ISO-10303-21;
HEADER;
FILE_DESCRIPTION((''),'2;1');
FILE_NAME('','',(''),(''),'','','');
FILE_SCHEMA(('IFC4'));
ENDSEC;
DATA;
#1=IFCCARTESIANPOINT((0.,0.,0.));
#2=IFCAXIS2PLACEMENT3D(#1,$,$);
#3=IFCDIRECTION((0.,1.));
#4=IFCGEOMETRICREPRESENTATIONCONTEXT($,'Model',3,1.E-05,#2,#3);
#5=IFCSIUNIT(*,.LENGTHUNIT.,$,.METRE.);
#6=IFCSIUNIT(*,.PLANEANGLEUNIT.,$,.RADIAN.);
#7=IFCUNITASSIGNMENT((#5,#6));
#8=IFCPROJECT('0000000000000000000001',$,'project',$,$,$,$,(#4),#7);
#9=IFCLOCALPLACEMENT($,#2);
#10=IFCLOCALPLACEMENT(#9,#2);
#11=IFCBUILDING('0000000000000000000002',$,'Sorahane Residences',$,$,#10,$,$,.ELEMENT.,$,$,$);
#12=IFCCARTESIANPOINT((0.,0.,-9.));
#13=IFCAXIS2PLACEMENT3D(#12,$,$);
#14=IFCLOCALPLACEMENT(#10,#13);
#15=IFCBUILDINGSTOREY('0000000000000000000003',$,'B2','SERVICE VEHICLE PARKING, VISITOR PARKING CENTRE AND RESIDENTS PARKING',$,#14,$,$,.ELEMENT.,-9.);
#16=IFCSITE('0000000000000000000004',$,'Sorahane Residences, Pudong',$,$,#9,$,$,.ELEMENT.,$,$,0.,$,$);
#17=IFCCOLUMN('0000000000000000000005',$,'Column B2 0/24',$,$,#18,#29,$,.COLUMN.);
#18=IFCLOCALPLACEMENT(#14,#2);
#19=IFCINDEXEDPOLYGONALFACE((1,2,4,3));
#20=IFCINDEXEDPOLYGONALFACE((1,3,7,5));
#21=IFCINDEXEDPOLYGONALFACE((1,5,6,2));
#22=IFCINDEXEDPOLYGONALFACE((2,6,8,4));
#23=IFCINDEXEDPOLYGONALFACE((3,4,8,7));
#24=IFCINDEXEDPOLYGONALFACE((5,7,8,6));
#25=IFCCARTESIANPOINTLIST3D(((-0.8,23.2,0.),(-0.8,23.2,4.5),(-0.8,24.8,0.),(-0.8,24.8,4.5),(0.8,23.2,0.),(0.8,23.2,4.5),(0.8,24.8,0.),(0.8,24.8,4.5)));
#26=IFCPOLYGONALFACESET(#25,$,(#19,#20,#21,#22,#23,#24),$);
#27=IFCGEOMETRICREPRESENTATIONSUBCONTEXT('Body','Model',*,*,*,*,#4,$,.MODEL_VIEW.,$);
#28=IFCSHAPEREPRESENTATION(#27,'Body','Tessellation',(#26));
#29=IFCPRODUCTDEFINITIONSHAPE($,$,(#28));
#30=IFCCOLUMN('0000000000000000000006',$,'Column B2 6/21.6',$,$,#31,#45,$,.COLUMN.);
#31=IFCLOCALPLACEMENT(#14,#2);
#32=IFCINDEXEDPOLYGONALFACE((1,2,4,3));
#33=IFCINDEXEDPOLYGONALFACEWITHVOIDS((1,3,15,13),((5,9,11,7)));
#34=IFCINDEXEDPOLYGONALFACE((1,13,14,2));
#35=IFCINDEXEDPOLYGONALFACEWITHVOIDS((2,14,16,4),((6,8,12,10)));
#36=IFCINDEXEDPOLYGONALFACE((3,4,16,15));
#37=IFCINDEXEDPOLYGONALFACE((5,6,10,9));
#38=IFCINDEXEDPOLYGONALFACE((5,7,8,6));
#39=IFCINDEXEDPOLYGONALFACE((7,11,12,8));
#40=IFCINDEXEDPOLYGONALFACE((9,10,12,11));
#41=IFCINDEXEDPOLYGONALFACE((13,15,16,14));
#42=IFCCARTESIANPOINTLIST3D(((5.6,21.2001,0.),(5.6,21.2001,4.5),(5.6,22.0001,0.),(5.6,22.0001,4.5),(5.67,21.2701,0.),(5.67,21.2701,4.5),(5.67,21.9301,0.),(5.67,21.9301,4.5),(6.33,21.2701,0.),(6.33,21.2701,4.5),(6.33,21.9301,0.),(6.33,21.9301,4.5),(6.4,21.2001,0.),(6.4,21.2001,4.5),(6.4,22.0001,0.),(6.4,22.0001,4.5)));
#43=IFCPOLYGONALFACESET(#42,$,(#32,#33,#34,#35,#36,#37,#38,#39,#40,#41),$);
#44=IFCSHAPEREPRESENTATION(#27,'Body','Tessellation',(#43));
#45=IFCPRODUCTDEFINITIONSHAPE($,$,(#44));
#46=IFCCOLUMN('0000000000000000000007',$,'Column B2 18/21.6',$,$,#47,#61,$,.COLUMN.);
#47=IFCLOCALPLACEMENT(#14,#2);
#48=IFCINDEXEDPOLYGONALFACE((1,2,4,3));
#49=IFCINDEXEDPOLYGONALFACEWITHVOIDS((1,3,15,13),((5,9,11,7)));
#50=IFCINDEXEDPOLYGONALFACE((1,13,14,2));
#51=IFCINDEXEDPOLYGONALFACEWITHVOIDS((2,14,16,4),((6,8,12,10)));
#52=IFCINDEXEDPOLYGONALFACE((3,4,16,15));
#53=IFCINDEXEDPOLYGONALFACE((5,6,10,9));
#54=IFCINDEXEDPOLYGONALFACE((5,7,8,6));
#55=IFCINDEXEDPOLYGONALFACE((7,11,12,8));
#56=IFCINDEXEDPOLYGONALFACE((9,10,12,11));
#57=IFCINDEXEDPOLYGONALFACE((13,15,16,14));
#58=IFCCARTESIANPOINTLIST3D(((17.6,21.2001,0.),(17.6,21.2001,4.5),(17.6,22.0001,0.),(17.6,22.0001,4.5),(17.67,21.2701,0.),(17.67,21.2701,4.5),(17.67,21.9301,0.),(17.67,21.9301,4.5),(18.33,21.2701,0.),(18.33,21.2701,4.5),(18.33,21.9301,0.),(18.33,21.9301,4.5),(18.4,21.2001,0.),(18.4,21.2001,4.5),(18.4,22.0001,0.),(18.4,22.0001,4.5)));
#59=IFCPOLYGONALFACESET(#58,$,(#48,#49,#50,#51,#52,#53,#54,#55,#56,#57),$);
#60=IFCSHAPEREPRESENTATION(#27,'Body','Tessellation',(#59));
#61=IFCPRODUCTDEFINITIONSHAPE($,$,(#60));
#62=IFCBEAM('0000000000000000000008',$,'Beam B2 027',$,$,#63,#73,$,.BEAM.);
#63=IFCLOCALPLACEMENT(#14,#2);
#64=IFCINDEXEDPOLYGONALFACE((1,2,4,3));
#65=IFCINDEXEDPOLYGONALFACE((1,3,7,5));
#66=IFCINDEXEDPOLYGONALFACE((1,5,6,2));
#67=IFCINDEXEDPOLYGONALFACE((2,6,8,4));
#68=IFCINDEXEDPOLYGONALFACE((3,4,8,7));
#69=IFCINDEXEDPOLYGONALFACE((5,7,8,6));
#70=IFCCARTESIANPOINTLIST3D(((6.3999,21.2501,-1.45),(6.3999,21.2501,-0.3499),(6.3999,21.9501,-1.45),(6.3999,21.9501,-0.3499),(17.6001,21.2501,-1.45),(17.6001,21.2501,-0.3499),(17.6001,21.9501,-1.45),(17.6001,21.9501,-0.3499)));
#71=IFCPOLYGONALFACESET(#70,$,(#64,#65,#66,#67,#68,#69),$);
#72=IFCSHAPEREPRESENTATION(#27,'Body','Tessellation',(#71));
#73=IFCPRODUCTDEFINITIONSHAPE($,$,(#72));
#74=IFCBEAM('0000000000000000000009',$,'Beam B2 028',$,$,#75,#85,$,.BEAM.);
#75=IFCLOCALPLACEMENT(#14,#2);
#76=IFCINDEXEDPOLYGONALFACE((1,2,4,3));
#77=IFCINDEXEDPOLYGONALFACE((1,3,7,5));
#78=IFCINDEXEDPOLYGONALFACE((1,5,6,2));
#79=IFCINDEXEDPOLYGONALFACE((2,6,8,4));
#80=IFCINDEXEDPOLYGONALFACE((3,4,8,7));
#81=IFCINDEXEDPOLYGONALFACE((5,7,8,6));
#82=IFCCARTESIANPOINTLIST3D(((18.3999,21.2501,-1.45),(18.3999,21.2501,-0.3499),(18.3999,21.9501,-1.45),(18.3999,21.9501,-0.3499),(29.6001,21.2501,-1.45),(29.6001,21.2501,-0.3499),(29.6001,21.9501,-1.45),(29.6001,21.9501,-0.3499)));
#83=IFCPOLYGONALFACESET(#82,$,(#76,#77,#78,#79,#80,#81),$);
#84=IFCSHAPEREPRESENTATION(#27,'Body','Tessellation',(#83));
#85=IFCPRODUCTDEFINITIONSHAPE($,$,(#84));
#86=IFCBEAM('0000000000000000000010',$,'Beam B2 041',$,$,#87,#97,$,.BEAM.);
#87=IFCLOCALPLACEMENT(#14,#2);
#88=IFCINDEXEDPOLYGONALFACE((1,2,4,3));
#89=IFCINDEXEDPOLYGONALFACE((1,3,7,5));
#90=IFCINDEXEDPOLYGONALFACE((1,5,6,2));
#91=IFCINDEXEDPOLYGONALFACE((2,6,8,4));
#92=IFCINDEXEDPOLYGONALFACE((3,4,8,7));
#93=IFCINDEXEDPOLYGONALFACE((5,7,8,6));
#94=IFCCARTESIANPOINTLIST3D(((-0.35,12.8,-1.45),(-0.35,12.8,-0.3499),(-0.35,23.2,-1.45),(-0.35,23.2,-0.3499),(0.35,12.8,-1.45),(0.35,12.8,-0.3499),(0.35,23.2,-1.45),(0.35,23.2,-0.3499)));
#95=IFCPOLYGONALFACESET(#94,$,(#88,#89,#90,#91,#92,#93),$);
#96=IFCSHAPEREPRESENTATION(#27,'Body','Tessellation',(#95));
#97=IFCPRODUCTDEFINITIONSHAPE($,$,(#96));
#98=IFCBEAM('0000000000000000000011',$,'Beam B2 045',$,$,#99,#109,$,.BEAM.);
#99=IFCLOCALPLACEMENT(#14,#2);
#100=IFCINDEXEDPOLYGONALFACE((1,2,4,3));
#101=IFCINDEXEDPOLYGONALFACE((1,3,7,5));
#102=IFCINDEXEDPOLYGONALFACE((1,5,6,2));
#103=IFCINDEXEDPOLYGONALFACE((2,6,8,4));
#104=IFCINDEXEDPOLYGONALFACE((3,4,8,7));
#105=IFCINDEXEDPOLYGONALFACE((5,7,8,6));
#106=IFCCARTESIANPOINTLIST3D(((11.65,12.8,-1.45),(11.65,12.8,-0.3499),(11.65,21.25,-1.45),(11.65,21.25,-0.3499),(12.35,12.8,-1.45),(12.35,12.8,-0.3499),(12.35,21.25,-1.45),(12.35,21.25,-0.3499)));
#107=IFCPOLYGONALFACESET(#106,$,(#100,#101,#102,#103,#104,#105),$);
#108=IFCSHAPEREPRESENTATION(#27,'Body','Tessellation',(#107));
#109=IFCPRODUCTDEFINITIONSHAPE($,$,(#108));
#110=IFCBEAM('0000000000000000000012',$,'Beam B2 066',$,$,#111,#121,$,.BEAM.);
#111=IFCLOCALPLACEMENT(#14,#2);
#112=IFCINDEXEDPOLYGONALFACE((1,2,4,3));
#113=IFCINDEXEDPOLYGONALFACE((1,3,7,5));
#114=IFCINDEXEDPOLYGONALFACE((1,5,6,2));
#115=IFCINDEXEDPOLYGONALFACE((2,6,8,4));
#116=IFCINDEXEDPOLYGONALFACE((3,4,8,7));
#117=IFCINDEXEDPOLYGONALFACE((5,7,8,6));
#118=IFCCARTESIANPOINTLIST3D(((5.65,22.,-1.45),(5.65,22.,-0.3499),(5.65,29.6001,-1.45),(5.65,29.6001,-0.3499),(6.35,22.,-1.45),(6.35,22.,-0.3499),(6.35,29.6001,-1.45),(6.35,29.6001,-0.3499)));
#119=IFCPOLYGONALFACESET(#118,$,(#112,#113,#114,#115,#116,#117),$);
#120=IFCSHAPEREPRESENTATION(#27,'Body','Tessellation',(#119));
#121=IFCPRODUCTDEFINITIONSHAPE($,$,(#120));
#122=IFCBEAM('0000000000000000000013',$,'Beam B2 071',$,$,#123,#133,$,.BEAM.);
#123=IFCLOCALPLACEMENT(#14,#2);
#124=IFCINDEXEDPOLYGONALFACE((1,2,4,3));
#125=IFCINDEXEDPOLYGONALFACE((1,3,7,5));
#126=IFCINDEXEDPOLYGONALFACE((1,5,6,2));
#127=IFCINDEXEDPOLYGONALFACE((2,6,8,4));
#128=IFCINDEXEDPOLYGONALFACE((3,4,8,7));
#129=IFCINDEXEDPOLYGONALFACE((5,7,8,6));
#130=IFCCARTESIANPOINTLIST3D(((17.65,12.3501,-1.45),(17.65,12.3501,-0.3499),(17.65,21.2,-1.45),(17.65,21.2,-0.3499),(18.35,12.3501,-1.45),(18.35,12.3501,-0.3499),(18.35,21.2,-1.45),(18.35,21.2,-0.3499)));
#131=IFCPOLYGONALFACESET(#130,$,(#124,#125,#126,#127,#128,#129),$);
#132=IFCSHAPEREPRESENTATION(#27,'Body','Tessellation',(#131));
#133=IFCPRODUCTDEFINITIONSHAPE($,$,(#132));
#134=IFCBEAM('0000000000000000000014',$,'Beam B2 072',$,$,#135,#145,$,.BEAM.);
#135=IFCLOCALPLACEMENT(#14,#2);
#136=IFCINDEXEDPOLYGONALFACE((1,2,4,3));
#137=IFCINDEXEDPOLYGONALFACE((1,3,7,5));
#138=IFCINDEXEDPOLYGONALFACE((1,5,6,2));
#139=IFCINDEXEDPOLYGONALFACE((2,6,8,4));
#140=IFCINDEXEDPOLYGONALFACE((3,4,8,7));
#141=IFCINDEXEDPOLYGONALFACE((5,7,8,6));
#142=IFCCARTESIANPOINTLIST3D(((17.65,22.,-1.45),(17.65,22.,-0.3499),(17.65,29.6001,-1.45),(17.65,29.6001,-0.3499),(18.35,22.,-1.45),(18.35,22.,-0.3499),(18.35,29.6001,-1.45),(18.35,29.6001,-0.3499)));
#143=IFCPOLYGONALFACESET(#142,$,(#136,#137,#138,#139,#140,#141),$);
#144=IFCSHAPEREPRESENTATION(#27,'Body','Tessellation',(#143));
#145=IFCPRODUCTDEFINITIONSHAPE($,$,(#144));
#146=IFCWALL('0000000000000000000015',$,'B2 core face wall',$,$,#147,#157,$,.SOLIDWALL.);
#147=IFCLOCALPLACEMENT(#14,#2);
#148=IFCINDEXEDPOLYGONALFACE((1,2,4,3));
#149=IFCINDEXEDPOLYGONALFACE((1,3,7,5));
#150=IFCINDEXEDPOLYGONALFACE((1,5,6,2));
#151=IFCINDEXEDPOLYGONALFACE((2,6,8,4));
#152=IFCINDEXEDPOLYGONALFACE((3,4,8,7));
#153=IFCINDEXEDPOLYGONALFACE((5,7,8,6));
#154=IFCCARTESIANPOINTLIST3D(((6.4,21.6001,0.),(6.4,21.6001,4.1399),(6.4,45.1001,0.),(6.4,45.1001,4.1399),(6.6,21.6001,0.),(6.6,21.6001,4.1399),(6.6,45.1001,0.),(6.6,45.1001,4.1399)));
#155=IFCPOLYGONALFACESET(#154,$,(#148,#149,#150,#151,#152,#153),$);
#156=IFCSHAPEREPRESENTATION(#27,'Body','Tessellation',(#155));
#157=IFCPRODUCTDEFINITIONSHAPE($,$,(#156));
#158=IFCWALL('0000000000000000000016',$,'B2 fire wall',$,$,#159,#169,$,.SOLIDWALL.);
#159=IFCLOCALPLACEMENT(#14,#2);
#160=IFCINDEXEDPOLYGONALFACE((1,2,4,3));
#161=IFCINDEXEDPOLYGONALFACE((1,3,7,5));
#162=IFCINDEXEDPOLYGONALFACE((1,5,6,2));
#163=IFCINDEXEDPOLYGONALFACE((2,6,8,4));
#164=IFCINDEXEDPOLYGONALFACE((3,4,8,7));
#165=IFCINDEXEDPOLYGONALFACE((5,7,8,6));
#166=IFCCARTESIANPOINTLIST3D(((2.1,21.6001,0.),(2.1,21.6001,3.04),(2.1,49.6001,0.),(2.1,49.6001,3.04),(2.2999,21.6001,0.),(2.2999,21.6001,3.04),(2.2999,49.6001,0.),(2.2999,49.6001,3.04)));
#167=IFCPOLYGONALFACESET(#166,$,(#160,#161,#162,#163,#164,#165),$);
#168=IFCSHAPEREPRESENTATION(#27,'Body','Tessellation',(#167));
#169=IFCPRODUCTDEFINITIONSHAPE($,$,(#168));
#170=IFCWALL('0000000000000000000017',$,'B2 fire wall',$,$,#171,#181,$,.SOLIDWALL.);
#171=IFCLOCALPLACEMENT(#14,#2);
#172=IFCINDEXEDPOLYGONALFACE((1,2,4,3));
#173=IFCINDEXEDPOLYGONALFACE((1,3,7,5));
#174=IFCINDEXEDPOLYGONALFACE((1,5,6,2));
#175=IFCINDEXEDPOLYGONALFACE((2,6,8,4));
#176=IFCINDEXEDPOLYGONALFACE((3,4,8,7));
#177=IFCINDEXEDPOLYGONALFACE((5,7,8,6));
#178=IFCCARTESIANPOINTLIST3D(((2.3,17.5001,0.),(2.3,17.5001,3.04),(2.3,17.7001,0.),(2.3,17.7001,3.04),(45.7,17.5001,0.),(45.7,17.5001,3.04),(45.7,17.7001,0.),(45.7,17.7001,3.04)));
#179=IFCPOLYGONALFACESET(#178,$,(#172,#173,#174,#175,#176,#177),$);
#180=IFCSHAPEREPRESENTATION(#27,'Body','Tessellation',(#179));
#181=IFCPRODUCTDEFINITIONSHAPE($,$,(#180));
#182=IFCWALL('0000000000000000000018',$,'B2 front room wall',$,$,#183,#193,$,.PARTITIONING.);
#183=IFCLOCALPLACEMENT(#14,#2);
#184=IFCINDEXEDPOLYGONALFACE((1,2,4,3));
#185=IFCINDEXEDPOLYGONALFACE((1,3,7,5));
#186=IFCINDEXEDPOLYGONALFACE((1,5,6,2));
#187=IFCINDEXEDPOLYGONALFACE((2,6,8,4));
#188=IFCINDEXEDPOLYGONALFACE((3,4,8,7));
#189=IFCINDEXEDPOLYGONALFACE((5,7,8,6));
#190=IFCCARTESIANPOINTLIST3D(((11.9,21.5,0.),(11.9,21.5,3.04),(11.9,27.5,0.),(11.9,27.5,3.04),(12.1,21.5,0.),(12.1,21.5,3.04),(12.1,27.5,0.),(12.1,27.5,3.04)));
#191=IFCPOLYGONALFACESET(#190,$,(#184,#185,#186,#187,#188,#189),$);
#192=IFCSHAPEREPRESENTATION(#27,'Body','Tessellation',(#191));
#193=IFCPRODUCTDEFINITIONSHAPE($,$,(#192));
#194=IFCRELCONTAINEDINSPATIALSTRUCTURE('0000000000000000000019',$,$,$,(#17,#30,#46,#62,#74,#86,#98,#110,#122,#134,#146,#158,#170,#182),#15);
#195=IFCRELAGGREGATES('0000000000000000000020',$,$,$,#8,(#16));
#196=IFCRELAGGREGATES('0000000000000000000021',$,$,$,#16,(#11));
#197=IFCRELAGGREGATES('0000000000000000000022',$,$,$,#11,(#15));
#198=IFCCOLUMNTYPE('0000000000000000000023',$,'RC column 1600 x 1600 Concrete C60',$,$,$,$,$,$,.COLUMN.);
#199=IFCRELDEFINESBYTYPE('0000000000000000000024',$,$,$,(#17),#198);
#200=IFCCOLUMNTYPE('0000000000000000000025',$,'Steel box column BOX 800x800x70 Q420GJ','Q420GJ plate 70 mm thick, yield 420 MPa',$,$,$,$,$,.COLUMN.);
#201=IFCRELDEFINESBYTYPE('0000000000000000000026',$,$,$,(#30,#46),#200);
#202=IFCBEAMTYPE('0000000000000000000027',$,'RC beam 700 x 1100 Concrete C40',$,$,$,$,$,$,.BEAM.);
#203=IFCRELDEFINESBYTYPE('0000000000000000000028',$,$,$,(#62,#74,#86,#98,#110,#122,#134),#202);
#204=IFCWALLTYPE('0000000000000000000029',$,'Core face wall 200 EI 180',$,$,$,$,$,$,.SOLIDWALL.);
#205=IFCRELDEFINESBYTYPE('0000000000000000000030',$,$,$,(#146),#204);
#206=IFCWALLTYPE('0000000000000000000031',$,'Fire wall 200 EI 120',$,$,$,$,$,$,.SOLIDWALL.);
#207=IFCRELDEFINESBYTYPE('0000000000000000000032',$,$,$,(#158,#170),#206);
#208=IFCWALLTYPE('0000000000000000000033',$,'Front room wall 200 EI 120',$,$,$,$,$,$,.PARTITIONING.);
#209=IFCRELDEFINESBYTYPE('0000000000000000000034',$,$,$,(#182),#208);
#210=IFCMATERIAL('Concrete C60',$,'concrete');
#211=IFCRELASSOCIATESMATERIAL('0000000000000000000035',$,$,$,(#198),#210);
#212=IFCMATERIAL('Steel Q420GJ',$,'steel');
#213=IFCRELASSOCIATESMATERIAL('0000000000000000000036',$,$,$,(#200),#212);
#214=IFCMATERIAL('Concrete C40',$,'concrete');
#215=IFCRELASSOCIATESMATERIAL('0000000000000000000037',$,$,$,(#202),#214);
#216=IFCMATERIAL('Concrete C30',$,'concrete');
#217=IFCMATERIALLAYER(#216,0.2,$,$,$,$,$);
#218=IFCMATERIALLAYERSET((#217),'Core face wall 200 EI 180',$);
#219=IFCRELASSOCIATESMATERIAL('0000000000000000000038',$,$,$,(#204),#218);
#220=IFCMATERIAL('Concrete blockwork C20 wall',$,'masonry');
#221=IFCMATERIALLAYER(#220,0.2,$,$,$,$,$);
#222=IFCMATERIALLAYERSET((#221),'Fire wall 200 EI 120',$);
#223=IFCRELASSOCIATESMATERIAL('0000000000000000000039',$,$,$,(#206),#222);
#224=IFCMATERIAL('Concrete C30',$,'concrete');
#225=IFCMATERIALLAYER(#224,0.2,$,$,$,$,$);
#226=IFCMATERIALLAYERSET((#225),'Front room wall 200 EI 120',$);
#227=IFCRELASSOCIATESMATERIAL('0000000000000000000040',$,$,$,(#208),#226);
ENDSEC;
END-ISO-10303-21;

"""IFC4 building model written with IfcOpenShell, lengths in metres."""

from ifc_helpers import new_model, si_unit, direction, frame, frame_2d, origin, origin_2d, place, context, subcontext, project, spatial, rectangle, hollow_rectangle, extrude, material, layer, layer_set, material_profile, profile_set, type_object, element, save


model = new_model("IFC4")

# Units and contexts
model_context = context("Model", 3, precision=1e-05, world=origin(), true_north=direction((0.0, 1.0)))
body_context = subcontext(model_context, "Body", "Model", "MODEL_VIEW")
ifc_project = project(units=[si_unit("LENGTHUNIT", "METRE"), si_unit("PLANEANGLEUNIT", "RADIAN")], contexts=[model_context])

# Site, building, storey
site_placement = place(None, origin())
site = spatial("IfcSite", under=ifc_project, at=site_placement, Name="Sorahane Residences, Pudong", CompositionType="ELEMENT", RefElevation=0.0)
building_placement = place(site_placement, origin())
building = spatial("IfcBuilding", under=site, at=building_placement, Name="Sorahane Residences", CompositionType="ELEMENT")
storey_placement = place(building_placement, frame((0.0, 0.0, -9.0)))
storey = spatial("IfcBuildingStorey", under=building, at=storey_placement, Name="B2", Description="SERVICE VEHICLE PARKING, VISITOR PARKING CENTRE AND RESIDENTS PARKING", CompositionType="ELEMENT", Elevation=-9.0)

# Columns
ifc_material_1 = material(Name="Concrete C60", Category="concrete")
ifc_material_profile_1 = material_profile(ifc_material_1, rectangle(XDim=1.6001, YDim=1.6001, at=origin_2d()), Name="1600x1600")
ifc_profile_set_1 = profile_set([ifc_material_profile_1], Name="Concrete C60")
column_type_1 = type_object("IfcColumnType", Name="RC column 1600 x 1600 Concrete C60", PredefinedType="COLUMN", material=ifc_profile_set_1)
column_placement = place(storey_placement, frame((0.0, 24.0, 0.0), z_axis=(0.0, 0.0, 1.0), x_axis=(1.0, 0.0, 0.0)))
element("IfcColumn", 1, at=column_placement, inside=storey, type_object=column_type_1, Name="Column B2 0/24", PredefinedType="COLUMN", context=body_context, shape_type="SweptSolid", body=[
    extrude(rectangle(XDim=1.6001, YDim=1.6001, at=origin_2d()), origin(), (0.0, 0.0, 1.0), 4.5),
])
ifc_material_2 = material(Name="Steel Q420GJ", Category="steel")
ifc_material_profile_2 = material_profile(ifc_material_2, hollow_rectangle(XDim=0.8, YDim=0.8, WallThickness=0.0701, at=origin_2d()), Name="BOX 800x800x70")
ifc_profile_set_2 = profile_set([ifc_material_profile_2], Name="Steel Q420GJ")
column_type_2 = type_object("IfcColumnType", Name="Steel box column BOX 800x800x70 Q420GJ", Description="Q420GJ plate 70 mm thick, yield 420 MPa", PredefinedType="COLUMN", material=ifc_profile_set_2)
for number, where, z_axis, x_axis, name in (
    (2, (6.0, 21.6001, 0.0), (0.0, 0.0, 1.0), (1.0, 0.0, 0.0), "Column B2 6/21.6"),
    (3, (18.0, 21.6001, 0.0), (0.0, 0.0, 1.0), (1.0, 0.0, 0.0), "Column B2 18/21.6"),
):
    element("IfcColumn", number, at=place(storey_placement, frame(where, z_axis=z_axis, x_axis=x_axis)), inside=storey, type_object=column_type_2, Name=name, PredefinedType="COLUMN", context=body_context, shape_type="SweptSolid", body=[
        extrude(hollow_rectangle(XDim=0.8, YDim=0.8, WallThickness=0.0701, at=origin_2d()), origin(), (0.0, 0.0, 1.0), 4.5),
    ])

# Beams
ifc_material_3 = material(Name="Concrete C40", Category="concrete")
ifc_material_profile_3 = material_profile(ifc_material_3, rectangle(XDim=0.7, YDim=1.1001, at=origin_2d()), Name="700x1100")
ifc_profile_set_3 = profile_set([ifc_material_profile_3], Name="Concrete C40")
beam_type = type_object("IfcBeamType", Name="RC beam 700 x 1100 Concrete C40", PredefinedType="BEAM", material=ifc_profile_set_3)
for number, where, z_axis, x_axis, name in (
    (4, (6.3999, 21.6001, -0.8999), (1.0, 0.0, 0.0), (0.0, 1.0, 0.0), "Beam B2 027"),
    (5, (18.3999, 21.6001, -0.8999), (1.0, 0.0, 0.0), (0.0, 1.0, 0.0), "Beam B2 028"),
):
    element("IfcBeam", number, at=place(storey_placement, frame(where, z_axis=z_axis, x_axis=x_axis)), inside=storey, type_object=beam_type, Name=name, PredefinedType="BEAM", context=body_context, shape_type="SweptSolid", body=[
        extrude(rectangle(XDim=0.7, YDim=1.1001, at=origin_2d()), origin(), (0.0, 0.0, 1.0), 11.2002),
    ])
beam_1_placement = place(storey_placement, frame((0.0, 12.8, -0.8999), z_axis=(0.0, 1.0, 0.0), x_axis=(-1.0, 0.0, 0.0)))
element("IfcBeam", 6, at=beam_1_placement, inside=storey, type_object=beam_type, Name="Beam B2 041", PredefinedType="BEAM", context=body_context, shape_type="SweptSolid", body=[
    extrude(rectangle(XDim=0.7, YDim=1.1001, at=origin_2d()), origin(), (0.0, 0.0, 1.0), 10.3999),
])
beam_2_placement = place(storey_placement, frame((12.0, 12.8, -0.8999), z_axis=(0.0, 1.0, 0.0), x_axis=(-1.0, 0.0, 0.0)))
element("IfcBeam", 7, at=beam_2_placement, inside=storey, type_object=beam_type, Name="Beam B2 045", PredefinedType="BEAM", context=body_context, shape_type="SweptSolid", body=[
    extrude(rectangle(XDim=0.7, YDim=1.1001, at=origin_2d()), origin(), (0.0, 0.0, 1.0), 8.45),
])
beam_3_placement = place(storey_placement, frame((6.0, 22.0, -0.8999), z_axis=(0.0, 1.0, 0.0), x_axis=(-1.0, 0.0, 0.0)))
element("IfcBeam", 8, at=beam_3_placement, inside=storey, type_object=beam_type, Name="Beam B2 066", PredefinedType="BEAM", context=body_context, shape_type="SweptSolid", body=[
    extrude(rectangle(XDim=0.7, YDim=1.1001, at=origin_2d()), origin(), (0.0, 0.0, 1.0), 7.6001),
])
beam_4_placement = place(storey_placement, frame((18.0, 12.3501, -0.8999), z_axis=(0.0, 1.0, 0.0), x_axis=(-1.0, 0.0, 0.0)))
element("IfcBeam", 9, at=beam_4_placement, inside=storey, type_object=beam_type, Name="Beam B2 071", PredefinedType="BEAM", context=body_context, shape_type="SweptSolid", body=[
    extrude(rectangle(XDim=0.7, YDim=1.1001, at=origin_2d()), origin(), (0.0, 0.0, 1.0), 8.8499),
])
beam_5_placement = place(storey_placement, frame((18.0, 22.0, -0.8999), z_axis=(0.0, 1.0, 0.0), x_axis=(-1.0, 0.0, 0.0)))
element("IfcBeam", 10, at=beam_5_placement, inside=storey, type_object=beam_type, Name="Beam B2 072", PredefinedType="BEAM", context=body_context, shape_type="SweptSolid", body=[
    extrude(rectangle(XDim=0.7, YDim=1.1001, at=origin_2d()), origin(), (0.0, 0.0, 1.0), 7.6001),
])

# Walls
ifc_material_4 = material(Name="Concrete C30", Category="concrete")
ifc_layer_1 = layer(ifc_material_4, 0.2)
ifc_layer_set_1 = layer_set([ifc_layer_1], Name="Core face wall 200 EI 180")
wall_type_1 = type_object("IfcWallType", Name="Core face wall 200 EI 180", PredefinedType="SOLIDWALL", material=ifc_layer_set_1)
wall_1_placement = place(storey_placement, frame((6.5, 21.6001, 0.0), z_axis=(0.0, 0.0, 1.0), x_axis=(0.0, 1.0, 0.0)))
element("IfcWall", 11, at=wall_1_placement, inside=storey, type_object=wall_type_1, Name="B2 core face wall", PredefinedType="SOLIDWALL", context=body_context, shape_type="SweptSolid", body=[
    extrude(rectangle(XDim=23.5, YDim=0.2, at=frame_2d((11.75, 0.0))), origin(), (0.0, 0.0, 1.0), 4.1399),
])
ifc_material_5 = material(Name="Concrete blockwork C20 wall", Category="masonry")
ifc_layer_2 = layer(ifc_material_5, 0.2)
ifc_layer_set_2 = layer_set([ifc_layer_2], Name="Fire wall 200 EI 120")
wall_type_2 = type_object("IfcWallType", Name="Fire wall 200 EI 120", PredefinedType="SOLIDWALL", material=ifc_layer_set_2)
wall_2_placement = place(storey_placement, frame((2.2, 21.6001, 0.0), z_axis=(0.0, 0.0, 1.0), x_axis=(0.0, 1.0, 0.0)))
element("IfcWall", 12, at=wall_2_placement, inside=storey, type_object=wall_type_2, Name="B2 fire wall", PredefinedType="SOLIDWALL", context=body_context, shape_type="SweptSolid", body=[
    extrude(rectangle(XDim=28.0, YDim=0.2, at=frame_2d((14.0, 0.0))), origin(), (0.0, 0.0, 1.0), 3.04),
])
wall_3_placement = place(storey_placement, frame((2.3, 17.6001, 0.0), z_axis=(0.0, 0.0, 1.0), x_axis=(1.0, 0.0, 0.0)))
element("IfcWall", 13, at=wall_3_placement, inside=storey, type_object=wall_type_2, Name="B2 fire wall", PredefinedType="SOLIDWALL", context=body_context, shape_type="SweptSolid", body=[
    extrude(rectangle(XDim=43.3999, YDim=0.2, at=frame_2d((21.7, 0.0))), origin(), (0.0, 0.0, 1.0), 3.04),
])
ifc_material_6 = material(Name="Concrete C30", Category="concrete")
ifc_layer_3 = layer(ifc_material_6, 0.2)
ifc_layer_set_3 = layer_set([ifc_layer_3], Name="Front room wall 200 EI 120")
wall_type_3 = type_object("IfcWallType", Name="Front room wall 200 EI 120", PredefinedType="PARTITIONING", material=ifc_layer_set_3)
wall_4_placement = place(storey_placement, frame((12.0, 21.5, 0.0), z_axis=(0.0, 0.0, 1.0), x_axis=(0.0, 1.0, 0.0)))
element("IfcWall", 14, at=wall_4_placement, inside=storey, type_object=wall_type_3, Name="B2 front room wall", PredefinedType="PARTITIONING", context=body_context, shape_type="SweptSolid", body=[
    extrude(rectangle(XDim=6.0, YDim=0.2, at=frame_2d((3.0, 0.0))), origin(), (0.0, 0.0, 1.0), 3.04),
])

save(model, "model.ifc")
